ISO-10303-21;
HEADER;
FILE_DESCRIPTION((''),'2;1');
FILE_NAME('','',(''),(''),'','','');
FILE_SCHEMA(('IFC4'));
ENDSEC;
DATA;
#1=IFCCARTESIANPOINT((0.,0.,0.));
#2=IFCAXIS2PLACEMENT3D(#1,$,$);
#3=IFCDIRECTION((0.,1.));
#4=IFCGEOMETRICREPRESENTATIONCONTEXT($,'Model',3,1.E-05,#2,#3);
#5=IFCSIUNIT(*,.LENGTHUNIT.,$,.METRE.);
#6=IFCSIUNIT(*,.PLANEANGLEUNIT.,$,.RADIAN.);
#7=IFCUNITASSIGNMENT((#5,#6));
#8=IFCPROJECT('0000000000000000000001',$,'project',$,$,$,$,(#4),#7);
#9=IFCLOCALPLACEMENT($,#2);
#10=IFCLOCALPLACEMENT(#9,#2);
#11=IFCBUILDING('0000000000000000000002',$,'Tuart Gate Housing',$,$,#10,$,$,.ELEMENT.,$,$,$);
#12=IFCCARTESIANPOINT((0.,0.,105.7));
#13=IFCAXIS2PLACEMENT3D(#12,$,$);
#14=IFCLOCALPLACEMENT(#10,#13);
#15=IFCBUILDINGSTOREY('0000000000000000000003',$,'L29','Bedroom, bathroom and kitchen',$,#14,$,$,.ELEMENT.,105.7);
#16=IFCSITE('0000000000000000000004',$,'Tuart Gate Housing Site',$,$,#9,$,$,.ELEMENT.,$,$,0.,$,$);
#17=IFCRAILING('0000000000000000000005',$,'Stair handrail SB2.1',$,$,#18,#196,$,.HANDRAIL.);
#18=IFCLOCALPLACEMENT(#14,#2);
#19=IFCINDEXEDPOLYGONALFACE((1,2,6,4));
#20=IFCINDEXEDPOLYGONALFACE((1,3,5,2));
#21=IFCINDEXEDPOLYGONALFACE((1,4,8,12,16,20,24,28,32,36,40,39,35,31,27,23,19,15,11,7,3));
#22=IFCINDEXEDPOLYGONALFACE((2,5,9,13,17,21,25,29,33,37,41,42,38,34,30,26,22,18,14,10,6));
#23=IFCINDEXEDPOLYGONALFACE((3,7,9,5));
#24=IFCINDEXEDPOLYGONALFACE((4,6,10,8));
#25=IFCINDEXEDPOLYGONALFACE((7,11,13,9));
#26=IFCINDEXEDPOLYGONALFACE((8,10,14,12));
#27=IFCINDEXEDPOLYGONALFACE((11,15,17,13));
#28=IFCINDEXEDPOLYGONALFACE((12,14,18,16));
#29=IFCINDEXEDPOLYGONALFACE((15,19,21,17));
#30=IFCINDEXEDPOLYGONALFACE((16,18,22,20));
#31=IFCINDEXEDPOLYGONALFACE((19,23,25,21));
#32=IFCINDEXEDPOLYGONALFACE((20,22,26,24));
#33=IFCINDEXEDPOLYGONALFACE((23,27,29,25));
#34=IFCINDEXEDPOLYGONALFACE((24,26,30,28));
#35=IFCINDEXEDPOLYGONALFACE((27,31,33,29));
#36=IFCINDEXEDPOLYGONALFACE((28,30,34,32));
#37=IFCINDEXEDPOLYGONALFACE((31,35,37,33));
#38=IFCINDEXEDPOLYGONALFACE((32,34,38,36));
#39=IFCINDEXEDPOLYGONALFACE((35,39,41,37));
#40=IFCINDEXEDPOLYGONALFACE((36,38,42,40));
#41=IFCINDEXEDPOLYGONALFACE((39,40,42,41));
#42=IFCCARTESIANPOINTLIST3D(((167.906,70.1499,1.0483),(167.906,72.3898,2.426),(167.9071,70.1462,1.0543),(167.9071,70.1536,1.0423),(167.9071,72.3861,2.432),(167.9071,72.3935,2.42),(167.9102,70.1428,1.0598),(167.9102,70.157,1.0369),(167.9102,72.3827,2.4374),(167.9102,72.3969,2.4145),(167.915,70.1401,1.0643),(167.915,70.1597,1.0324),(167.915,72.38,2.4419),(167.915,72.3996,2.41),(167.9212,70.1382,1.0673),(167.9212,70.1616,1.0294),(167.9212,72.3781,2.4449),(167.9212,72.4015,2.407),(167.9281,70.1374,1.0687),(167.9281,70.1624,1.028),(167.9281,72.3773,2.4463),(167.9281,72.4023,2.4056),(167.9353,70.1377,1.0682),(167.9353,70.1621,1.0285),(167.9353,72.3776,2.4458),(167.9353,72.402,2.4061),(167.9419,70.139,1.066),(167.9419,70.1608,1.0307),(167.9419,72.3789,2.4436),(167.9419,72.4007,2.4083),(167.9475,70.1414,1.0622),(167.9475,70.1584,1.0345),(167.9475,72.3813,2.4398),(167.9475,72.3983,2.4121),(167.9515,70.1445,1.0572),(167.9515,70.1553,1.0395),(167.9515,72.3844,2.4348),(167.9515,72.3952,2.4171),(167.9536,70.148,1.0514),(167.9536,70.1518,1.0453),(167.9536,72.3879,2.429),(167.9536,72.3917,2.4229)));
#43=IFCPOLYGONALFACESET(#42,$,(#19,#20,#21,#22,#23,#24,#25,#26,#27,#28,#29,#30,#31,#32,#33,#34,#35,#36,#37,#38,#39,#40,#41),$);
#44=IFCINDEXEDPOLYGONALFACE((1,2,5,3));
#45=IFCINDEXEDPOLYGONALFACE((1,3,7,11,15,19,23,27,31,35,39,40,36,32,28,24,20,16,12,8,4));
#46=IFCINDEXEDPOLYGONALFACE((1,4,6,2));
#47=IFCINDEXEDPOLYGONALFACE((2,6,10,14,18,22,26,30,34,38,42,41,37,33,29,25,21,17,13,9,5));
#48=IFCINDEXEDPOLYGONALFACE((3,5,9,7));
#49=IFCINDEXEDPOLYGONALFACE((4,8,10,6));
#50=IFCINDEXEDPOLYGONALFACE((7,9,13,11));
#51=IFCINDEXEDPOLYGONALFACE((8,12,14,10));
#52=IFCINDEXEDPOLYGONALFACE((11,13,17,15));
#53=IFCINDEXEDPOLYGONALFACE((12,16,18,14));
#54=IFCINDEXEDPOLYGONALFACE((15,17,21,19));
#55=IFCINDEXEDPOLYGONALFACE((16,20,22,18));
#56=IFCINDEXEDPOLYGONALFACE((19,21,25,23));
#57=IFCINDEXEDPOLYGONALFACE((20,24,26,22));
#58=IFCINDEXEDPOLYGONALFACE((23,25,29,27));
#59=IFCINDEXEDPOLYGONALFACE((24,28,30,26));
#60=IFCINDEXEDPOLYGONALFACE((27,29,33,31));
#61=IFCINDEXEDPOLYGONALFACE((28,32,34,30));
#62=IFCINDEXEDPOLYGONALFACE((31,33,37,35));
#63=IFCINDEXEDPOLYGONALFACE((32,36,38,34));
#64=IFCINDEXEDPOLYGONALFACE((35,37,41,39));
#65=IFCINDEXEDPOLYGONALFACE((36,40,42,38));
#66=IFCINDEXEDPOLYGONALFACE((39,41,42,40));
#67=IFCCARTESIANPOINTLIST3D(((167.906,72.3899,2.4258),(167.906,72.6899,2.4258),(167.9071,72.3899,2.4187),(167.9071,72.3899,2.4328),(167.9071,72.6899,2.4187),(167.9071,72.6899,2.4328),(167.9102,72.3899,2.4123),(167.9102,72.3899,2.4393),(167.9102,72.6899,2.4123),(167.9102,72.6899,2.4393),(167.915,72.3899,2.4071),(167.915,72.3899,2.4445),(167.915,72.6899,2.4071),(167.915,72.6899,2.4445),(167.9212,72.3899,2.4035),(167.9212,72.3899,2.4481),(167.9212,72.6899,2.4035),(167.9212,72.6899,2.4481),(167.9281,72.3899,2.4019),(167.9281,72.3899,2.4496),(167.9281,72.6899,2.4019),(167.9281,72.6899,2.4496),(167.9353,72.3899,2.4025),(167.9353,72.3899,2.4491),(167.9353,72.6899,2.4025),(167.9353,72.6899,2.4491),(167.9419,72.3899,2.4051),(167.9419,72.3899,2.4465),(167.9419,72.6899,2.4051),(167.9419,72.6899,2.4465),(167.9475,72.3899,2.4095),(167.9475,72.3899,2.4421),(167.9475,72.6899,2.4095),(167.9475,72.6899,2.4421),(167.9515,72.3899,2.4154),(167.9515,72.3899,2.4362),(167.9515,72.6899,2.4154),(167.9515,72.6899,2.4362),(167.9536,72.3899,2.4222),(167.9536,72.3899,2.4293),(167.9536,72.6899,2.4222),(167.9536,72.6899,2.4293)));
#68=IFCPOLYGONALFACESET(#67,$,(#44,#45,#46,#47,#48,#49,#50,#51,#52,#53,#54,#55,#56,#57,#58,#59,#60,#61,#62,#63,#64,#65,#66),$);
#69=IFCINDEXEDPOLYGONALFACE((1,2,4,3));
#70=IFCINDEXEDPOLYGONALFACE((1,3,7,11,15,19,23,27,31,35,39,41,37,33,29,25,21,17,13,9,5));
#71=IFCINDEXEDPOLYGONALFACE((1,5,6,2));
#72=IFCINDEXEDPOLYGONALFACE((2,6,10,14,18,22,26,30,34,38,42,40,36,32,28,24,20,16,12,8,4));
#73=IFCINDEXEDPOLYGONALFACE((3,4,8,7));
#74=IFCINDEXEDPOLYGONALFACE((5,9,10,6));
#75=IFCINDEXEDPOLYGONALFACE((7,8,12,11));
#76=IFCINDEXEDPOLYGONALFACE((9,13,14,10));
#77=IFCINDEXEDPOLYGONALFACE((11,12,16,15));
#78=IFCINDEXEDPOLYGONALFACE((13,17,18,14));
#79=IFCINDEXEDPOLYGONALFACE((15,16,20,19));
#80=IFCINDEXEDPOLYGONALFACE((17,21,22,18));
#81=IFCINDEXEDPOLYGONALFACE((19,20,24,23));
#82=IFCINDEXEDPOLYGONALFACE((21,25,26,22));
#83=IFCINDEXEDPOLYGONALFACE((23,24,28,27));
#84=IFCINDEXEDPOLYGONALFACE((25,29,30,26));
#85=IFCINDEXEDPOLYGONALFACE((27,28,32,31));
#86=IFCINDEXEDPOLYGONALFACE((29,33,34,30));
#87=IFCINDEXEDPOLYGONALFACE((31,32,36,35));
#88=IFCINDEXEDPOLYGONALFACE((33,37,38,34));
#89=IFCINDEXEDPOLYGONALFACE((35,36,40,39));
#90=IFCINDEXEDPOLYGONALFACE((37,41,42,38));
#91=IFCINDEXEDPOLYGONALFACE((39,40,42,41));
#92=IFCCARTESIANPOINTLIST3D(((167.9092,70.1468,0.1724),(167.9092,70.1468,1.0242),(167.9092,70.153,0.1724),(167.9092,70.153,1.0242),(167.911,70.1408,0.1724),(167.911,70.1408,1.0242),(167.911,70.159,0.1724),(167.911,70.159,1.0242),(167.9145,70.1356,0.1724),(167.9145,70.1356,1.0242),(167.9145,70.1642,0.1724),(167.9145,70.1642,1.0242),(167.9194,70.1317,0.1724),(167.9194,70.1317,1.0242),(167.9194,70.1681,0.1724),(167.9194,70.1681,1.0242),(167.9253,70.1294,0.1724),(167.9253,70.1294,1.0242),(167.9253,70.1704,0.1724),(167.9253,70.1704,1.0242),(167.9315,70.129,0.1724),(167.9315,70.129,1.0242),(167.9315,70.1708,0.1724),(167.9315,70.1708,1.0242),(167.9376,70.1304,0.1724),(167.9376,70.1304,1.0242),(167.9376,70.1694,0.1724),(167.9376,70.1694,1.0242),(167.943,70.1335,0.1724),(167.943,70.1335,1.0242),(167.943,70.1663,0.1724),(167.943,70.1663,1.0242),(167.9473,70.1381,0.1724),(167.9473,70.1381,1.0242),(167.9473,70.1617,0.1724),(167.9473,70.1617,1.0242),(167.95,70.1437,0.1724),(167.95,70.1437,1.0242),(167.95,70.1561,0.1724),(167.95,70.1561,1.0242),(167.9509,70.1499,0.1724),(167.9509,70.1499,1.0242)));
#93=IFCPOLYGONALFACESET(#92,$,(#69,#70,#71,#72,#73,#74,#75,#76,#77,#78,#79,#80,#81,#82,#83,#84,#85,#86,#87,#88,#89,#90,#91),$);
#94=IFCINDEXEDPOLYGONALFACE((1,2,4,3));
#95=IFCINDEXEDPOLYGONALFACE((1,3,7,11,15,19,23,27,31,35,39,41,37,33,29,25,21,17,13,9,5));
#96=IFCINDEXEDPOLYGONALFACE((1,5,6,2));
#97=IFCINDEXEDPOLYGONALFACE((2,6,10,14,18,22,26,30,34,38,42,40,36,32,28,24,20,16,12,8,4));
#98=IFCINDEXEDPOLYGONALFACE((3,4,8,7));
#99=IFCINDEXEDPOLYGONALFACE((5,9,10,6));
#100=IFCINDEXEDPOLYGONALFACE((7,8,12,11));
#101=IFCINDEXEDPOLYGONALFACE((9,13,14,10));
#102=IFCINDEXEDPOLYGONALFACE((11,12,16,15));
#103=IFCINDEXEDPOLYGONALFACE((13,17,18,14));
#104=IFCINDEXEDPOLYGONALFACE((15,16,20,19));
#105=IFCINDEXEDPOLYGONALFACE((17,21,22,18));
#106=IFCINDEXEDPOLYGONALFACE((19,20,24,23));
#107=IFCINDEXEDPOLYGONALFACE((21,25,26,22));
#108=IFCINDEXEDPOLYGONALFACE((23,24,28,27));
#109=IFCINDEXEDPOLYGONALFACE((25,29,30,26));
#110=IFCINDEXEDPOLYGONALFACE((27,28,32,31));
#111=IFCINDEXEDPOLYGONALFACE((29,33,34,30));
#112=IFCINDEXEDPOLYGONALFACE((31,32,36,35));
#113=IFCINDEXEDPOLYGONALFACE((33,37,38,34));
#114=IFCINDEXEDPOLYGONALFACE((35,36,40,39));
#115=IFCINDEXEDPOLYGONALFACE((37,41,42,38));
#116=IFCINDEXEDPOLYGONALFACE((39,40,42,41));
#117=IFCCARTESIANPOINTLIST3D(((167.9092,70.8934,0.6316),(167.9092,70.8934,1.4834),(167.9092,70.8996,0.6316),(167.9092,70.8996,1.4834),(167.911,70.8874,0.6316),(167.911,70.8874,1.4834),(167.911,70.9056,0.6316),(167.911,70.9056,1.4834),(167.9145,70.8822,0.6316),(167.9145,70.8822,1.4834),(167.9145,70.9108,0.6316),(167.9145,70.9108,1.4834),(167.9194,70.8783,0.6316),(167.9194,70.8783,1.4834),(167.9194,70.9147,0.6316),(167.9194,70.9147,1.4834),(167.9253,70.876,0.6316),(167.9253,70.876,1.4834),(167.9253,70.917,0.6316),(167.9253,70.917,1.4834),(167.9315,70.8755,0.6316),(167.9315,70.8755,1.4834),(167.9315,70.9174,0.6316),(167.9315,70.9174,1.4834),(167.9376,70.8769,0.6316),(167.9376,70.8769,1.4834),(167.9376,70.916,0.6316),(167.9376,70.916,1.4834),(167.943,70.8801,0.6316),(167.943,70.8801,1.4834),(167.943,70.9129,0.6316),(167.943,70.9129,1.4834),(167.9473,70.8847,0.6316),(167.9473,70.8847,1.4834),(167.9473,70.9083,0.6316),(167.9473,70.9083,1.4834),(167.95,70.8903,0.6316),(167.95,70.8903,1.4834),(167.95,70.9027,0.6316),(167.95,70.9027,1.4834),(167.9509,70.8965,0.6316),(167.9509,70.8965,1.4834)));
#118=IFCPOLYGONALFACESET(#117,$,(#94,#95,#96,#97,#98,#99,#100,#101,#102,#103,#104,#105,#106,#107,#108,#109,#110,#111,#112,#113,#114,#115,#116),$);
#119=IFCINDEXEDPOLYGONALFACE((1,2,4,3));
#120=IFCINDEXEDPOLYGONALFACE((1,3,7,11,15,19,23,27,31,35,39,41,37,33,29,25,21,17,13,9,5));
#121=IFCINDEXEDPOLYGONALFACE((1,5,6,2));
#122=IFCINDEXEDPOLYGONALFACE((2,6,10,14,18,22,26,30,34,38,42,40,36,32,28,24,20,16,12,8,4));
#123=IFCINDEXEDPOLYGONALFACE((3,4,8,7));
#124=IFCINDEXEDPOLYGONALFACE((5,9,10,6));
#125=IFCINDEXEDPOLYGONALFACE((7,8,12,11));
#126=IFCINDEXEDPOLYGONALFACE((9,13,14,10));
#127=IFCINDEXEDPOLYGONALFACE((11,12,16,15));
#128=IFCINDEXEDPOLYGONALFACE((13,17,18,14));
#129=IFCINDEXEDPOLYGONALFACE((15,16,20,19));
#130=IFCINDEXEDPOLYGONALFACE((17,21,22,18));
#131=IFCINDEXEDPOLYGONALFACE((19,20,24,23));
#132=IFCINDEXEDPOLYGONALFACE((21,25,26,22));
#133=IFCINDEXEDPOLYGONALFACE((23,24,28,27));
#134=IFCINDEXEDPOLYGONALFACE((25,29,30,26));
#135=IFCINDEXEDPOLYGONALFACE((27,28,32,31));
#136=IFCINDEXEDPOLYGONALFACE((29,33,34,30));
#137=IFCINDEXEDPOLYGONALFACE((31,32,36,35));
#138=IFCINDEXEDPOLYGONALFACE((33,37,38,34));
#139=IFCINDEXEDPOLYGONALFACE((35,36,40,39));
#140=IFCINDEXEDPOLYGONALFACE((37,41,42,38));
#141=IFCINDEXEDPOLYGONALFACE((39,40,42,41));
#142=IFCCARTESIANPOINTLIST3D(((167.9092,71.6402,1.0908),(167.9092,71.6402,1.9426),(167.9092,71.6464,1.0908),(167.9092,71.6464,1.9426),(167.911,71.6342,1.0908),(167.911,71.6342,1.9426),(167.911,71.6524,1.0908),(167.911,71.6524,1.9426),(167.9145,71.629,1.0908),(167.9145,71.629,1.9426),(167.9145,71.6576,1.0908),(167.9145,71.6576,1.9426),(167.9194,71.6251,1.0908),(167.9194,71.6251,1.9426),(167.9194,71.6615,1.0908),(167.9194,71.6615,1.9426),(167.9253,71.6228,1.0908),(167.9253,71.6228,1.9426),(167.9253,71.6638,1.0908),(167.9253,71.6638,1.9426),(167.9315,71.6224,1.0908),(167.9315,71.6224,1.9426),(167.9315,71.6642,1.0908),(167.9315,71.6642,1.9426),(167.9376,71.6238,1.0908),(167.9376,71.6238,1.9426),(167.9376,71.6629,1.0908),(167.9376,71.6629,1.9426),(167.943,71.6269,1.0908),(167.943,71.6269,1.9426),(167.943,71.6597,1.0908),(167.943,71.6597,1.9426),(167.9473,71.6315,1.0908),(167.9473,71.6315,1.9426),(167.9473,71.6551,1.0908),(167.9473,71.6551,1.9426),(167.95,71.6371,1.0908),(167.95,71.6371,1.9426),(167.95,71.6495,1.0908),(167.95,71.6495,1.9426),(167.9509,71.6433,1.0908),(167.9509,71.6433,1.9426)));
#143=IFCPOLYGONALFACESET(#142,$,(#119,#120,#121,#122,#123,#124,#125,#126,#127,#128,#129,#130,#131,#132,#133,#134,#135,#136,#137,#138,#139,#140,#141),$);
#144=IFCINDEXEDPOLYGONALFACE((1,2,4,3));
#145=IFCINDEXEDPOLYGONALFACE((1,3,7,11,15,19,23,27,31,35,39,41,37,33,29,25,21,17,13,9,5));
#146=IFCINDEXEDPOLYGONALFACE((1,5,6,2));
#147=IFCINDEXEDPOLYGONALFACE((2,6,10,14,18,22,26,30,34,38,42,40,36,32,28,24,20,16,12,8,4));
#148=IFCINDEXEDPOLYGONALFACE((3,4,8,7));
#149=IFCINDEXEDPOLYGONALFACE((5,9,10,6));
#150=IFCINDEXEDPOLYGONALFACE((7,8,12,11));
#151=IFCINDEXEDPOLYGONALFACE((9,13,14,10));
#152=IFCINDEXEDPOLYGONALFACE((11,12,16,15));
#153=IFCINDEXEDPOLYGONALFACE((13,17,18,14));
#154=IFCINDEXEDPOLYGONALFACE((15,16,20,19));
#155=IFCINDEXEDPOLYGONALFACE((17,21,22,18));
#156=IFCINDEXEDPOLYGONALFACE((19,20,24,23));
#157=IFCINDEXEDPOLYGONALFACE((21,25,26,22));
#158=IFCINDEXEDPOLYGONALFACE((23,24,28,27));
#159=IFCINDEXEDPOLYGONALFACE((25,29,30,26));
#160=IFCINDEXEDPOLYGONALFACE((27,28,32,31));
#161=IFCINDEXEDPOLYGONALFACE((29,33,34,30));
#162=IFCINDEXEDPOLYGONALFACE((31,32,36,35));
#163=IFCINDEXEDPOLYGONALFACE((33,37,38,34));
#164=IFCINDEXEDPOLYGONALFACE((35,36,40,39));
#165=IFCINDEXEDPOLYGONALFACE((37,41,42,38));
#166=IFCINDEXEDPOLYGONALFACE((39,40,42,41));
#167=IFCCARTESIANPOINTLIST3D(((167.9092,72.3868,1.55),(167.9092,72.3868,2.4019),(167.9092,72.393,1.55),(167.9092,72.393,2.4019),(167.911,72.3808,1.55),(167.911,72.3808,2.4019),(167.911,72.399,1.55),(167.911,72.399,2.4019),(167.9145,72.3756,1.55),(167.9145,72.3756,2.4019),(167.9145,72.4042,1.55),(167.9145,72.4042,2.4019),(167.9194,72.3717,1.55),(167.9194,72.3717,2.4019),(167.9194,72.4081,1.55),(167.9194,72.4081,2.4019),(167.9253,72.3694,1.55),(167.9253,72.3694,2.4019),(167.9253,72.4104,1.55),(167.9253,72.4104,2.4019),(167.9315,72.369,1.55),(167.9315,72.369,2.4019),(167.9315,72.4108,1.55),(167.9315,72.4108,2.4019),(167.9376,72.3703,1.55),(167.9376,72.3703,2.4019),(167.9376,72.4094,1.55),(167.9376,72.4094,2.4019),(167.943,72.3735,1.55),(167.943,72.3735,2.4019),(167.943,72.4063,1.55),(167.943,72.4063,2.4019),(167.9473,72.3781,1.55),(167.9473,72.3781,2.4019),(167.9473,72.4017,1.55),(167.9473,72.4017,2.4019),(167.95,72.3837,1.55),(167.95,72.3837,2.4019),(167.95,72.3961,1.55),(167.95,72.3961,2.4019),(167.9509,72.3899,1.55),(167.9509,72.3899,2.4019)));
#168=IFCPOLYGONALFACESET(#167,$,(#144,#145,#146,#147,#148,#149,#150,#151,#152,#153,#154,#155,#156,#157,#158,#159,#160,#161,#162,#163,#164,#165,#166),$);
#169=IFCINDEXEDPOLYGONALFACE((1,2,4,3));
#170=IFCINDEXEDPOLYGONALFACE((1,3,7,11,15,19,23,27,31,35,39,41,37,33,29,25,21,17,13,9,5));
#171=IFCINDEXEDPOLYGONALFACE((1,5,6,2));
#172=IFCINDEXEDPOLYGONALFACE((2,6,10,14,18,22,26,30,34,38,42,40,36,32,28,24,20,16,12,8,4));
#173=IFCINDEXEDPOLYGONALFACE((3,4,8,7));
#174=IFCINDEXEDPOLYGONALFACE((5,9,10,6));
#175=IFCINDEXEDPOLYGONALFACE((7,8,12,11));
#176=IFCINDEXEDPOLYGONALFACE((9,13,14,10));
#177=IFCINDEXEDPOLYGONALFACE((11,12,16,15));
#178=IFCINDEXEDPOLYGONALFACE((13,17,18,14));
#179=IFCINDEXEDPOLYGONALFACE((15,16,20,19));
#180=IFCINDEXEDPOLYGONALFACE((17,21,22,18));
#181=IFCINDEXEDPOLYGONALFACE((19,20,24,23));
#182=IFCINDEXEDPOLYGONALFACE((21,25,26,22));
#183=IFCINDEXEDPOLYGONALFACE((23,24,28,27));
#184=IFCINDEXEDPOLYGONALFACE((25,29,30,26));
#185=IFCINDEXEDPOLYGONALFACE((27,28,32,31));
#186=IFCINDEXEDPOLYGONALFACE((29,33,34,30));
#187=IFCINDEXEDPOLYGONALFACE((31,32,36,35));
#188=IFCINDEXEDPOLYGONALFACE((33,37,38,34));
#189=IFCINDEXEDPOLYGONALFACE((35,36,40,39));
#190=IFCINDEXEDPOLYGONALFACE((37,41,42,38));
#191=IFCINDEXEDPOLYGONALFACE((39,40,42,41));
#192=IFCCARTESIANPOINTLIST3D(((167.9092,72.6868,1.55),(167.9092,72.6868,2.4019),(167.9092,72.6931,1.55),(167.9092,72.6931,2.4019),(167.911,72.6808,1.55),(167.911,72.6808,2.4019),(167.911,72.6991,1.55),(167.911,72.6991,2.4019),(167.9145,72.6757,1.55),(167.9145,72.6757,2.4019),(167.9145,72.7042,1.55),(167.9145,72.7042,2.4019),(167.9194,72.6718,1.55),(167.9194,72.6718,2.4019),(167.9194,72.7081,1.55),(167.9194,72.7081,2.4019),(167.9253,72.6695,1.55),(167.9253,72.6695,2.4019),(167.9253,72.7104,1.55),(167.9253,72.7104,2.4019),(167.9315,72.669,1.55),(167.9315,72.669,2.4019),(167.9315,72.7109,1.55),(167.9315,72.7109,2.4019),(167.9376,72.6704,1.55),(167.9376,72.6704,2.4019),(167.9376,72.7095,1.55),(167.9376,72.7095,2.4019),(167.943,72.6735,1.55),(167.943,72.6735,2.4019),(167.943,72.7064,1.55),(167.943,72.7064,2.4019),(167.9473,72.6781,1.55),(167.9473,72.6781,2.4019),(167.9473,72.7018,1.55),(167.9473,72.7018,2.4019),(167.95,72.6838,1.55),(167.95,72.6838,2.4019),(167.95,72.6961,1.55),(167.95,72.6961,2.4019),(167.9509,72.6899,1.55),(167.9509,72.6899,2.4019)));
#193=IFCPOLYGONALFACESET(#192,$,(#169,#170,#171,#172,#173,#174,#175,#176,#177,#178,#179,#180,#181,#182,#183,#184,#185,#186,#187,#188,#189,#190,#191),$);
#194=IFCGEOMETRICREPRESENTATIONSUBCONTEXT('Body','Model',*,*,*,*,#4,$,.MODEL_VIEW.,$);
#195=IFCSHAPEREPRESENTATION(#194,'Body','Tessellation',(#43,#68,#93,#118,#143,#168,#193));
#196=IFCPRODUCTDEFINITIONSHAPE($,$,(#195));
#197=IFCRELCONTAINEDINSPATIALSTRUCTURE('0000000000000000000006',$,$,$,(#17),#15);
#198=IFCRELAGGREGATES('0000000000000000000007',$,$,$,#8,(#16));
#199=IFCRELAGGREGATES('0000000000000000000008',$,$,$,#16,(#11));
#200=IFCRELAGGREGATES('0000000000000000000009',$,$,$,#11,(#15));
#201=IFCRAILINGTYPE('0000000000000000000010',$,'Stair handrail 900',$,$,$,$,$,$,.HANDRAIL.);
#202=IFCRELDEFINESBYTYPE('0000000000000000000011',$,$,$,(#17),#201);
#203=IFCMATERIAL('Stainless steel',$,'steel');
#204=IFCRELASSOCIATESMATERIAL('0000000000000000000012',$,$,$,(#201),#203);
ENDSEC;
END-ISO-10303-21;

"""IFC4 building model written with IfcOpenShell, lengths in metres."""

from ifc_helpers import new_model, si_unit, direction, frame, origin, origin_2d, place, context, subcontext, project, spatial, circle, extrude, material, type_object, element, save


model = new_model("IFC4")

# Units and contexts
model_context = context("Model", 3, precision=1e-05, world=origin(), true_north=direction((0.0, 1.0)))
body_context = subcontext(model_context, "Body", "Model", "MODEL_VIEW")
ifc_project = project(units=[si_unit("LENGTHUNIT", "METRE"), si_unit("PLANEANGLEUNIT", "RADIAN")], contexts=[model_context])

# Site, building, storey
site_placement = place(None, origin())
site = spatial("IfcSite", under=ifc_project, at=site_placement, Name="Tuart Gate Housing Site", CompositionType="ELEMENT", RefElevation=0.0)
building_placement = place(site_placement, origin())
building = spatial("IfcBuilding", under=site, at=building_placement, Name="Tuart Gate Housing", CompositionType="ELEMENT")
storey_placement = place(building_placement, frame((0.0, 0.0, 105.7)))
storey = spatial("IfcBuildingStorey", under=building, at=storey_placement, Name="L29", Description="Bedroom, bathroom and kitchen", CompositionType="ELEMENT", Elevation=105.7)

# Railing
ifc_material_1 = material(Name="Stainless steel", Category="steel")
railing_type = type_object("IfcRailingType", Name="Stair handrail 900", PredefinedType="HANDRAIL", material=ifc_material_1)
railing_placement = place(storey_placement, frame((167.9299, 70.1499, 0.1724)))
element("IfcRailing", 1, at=railing_placement, inside=storey, type_object=railing_type, Name="Stair handrail SB2.1", PredefinedType="HANDRAIL", context=body_context, shape_type="SweptSolid", body=[
    extrude(circle(Radius=0.0239, at=origin_2d()), frame((0.0, 0.0, 0.876), z_axis=(0.0, 0.851789, 0.523885), x_axis=(-1.0, 0.0, 0.0)), (0.0, 0.0, 1.0), 2.6296),
    extrude(circle(Radius=0.0239, at=origin_2d()), frame((0.0, 2.24, 2.2534), z_axis=(0.0, 1.0, 0.0), x_axis=(-1.0, 0.0, 0.0)), (0.0, 0.0, 1.0), 0.3),
    extrude(circle(Radius=0.021, at=origin_2d()), origin(), (0.0, 0.0, 1.0), 0.8518),
    extrude(circle(Radius=0.021, at=origin_2d()), frame((0.0, 0.7466, 0.4592)), (0.0, 0.0, 1.0), 0.8518),
    extrude(circle(Radius=0.021, at=origin_2d()), frame((0.0, 1.4934, 0.9185)), (0.0, 0.0, 1.0), 0.8518),
    extrude(circle(Radius=0.021, at=origin_2d()), frame((0.0, 2.24, 1.3777)), (0.0, 0.0, 1.0), 0.8518),
    extrude(circle(Radius=0.021, at=origin_2d()), frame((0.0, 2.54, 1.3777)), (0.0, 0.0, 1.0), 0.8518),
])

save(model, "model.ifc")
